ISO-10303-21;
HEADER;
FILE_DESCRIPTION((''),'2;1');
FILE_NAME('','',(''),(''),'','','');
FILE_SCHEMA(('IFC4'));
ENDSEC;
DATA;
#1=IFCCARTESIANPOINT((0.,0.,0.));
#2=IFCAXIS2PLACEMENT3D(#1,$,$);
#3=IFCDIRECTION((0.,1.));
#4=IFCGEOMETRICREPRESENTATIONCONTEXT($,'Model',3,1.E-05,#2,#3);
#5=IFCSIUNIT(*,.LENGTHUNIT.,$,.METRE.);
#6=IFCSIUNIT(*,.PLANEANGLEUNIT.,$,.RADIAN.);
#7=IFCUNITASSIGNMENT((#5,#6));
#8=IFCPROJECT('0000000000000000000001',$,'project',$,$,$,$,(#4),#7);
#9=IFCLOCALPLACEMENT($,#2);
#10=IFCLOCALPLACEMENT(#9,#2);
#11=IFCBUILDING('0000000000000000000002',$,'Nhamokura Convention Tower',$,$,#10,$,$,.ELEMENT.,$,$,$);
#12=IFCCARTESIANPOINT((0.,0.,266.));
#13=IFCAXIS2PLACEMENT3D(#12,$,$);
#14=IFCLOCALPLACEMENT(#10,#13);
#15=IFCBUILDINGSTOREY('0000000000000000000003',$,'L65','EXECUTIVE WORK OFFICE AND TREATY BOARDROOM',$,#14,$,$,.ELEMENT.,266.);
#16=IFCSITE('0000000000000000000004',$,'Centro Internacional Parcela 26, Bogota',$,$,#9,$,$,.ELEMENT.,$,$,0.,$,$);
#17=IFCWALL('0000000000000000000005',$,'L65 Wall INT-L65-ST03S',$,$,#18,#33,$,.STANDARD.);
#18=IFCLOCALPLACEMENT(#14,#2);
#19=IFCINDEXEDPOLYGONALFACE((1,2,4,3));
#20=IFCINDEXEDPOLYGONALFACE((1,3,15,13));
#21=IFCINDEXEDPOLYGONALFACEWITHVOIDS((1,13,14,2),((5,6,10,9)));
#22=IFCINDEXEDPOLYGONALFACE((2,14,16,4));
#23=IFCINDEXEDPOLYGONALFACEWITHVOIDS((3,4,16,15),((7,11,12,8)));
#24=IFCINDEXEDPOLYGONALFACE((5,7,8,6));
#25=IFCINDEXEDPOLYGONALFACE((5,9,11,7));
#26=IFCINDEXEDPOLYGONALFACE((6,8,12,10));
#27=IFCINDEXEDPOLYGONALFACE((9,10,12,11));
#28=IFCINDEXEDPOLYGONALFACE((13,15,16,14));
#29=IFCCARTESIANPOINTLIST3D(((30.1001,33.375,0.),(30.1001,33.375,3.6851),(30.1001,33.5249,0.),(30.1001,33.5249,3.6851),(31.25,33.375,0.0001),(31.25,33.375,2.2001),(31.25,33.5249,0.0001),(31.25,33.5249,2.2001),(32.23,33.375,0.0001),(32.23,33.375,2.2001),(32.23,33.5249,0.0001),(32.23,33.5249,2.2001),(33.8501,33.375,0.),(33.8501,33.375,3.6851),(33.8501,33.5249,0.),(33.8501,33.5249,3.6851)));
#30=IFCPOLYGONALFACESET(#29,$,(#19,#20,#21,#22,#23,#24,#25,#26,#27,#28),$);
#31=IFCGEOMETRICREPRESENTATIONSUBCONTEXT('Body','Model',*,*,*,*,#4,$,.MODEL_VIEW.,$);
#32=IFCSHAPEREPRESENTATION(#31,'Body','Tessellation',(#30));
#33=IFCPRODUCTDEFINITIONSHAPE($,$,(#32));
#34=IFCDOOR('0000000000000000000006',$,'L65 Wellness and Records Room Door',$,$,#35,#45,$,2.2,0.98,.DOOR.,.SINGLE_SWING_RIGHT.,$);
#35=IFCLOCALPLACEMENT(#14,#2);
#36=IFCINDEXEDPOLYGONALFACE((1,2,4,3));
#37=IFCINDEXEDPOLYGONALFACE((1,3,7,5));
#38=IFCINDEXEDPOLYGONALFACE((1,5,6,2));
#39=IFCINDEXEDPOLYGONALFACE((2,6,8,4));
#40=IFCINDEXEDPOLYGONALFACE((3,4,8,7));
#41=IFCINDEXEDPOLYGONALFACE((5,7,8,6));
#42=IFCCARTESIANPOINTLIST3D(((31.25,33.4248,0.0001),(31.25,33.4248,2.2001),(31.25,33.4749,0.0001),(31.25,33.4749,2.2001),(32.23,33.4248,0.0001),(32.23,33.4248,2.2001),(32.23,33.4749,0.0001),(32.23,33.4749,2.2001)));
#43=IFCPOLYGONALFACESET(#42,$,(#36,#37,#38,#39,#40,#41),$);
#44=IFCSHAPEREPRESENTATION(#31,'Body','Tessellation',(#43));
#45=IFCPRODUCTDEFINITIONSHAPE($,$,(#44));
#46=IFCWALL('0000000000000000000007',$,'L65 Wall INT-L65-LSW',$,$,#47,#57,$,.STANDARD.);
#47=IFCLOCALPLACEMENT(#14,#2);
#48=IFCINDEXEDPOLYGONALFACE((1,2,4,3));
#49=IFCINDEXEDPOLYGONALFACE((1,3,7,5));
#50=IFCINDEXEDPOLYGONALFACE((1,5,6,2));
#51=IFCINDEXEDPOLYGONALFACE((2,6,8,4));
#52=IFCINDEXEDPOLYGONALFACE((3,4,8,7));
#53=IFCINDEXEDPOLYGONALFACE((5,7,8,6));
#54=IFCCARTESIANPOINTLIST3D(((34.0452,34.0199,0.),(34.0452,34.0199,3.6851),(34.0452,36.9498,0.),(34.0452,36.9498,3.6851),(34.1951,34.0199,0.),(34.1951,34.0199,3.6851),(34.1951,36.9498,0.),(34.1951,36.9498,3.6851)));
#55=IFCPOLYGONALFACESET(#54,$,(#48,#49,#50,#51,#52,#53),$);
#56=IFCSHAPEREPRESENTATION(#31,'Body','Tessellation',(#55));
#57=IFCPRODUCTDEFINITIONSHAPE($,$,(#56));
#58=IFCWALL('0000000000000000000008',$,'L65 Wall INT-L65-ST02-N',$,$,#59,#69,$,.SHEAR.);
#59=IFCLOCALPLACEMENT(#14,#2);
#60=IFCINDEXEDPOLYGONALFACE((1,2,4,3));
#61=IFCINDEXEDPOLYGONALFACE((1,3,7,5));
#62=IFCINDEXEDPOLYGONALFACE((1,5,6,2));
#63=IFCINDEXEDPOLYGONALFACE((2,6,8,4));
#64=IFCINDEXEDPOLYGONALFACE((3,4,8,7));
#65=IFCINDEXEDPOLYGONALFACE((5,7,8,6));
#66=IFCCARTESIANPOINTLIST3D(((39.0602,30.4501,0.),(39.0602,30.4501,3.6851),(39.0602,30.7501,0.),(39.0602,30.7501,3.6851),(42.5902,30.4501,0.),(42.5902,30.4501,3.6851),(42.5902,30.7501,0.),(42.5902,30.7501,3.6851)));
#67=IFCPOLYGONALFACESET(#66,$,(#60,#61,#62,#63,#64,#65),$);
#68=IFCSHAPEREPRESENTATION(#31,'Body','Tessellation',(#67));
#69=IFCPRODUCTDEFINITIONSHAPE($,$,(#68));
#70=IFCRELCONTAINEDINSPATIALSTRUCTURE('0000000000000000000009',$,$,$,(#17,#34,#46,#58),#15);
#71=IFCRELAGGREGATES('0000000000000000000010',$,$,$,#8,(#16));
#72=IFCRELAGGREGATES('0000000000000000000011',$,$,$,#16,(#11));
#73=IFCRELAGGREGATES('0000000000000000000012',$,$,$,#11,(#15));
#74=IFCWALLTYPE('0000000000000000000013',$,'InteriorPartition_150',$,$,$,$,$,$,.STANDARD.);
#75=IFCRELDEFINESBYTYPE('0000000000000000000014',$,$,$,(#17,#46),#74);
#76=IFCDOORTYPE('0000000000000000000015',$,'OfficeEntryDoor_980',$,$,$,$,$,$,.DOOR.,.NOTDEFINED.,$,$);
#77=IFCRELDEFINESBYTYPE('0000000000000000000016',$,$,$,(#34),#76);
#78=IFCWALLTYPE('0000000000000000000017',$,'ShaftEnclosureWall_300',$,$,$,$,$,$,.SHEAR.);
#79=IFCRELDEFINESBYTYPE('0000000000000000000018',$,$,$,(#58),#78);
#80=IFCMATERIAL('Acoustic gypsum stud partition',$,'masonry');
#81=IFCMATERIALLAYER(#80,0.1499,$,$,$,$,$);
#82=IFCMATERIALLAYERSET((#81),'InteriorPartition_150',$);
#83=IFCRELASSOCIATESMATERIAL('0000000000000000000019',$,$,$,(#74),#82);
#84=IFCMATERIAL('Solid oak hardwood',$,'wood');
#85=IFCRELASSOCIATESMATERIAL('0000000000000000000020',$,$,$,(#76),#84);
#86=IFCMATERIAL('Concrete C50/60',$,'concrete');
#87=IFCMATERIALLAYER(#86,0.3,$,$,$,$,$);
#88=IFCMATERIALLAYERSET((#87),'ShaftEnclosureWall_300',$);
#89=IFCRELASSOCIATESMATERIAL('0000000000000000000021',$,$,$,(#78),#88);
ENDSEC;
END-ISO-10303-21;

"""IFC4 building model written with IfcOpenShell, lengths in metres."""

from ifc_helpers import new_model, si_unit, direction, frame, frame_2d, origin, place, context, subcontext, project, spatial, rectangle, extrude, material, layer, layer_set, type_object, element, fill, save


model = new_model("IFC4")

# Units and contexts
model_context = context("Model", 3, precision=1e-05, world=origin(), true_north=direction((0.0, 1.0)))
body_context = subcontext(model_context, "Body", "Model", "MODEL_VIEW")
ifc_project = project(units=[si_unit("LENGTHUNIT", "METRE"), si_unit("PLANEANGLEUNIT", "RADIAN")], contexts=[model_context])

# Site, building, storey
site_placement = place(None, origin())
site = spatial("IfcSite", under=ifc_project, at=site_placement, Name="Centro Internacional Parcela 26, Bogota", CompositionType="ELEMENT", RefElevation=0.0)
building_placement = place(site_placement, origin())
building = spatial("IfcBuilding", under=site, at=building_placement, Name="Nhamokura Convention Tower", CompositionType="ELEMENT")
storey_placement = place(building_placement, frame((0.0, 0.0, 266.0)))
storey = spatial("IfcBuildingStorey", under=building, at=storey_placement, Name="L65", Description="EXECUTIVE WORK OFFICE AND TREATY BOARDROOM", CompositionType="ELEMENT", Elevation=266.0)

# Shared definitions
ifc_material_1 = material(Name="Acoustic gypsum stud partition", Category="masonry")
ifc_layer_1 = layer(ifc_material_1, 0.1499)
ifc_layer_set_1 = layer_set([ifc_layer_1], Name="InteriorPartition_150")
wall_type_1 = type_object("IfcWallType", Name="InteriorPartition_150", PredefinedType="STANDARD", material=ifc_layer_set_1)

# Wall, opening, door
wall_1_placement = place(storey_placement, frame((30.1001, 33.45, 0.0), z_axis=(0.0, 0.0, 1.0), x_axis=(1.0, 0.0, 0.0)))
wall_1 = element("IfcWall", 1, at=wall_1_placement, inside=storey, type_object=wall_type_1, Name="L65 Wall INT-L65-ST03S", PredefinedType="STANDARD", context=body_context, shape_type="SweptSolid", body=[
    extrude(rectangle(XDim=3.75, YDim=0.1499, at=frame_2d((1.875, 0.0))), origin(), (0.0, 0.0, 1.0), 3.6851),
])
opening_1_placement = place(wall_1_placement, frame((1.1499, 0.0, 0.0)))
opening_1 = element("IfcOpeningElement", 2, at=opening_1_placement, cuts=wall_1, PredefinedType="OPENING", context=body_context, shape_type="SweptSolid", body=[
    extrude(rectangle(XDim=0.98, YDim=2.2, at=frame_2d((0.49, 1.1001))), frame((0.0, 0.085, 0.0), z_axis=(0.0, -1.0, 0.0), x_axis=(1.0, 0.0, 0.0)), (0.0, 0.0, 1.0), 0.1699),
])
ifc_material_2 = material(Name="Solid oak hardwood", Category="wood")
door_type_1 = type_object("IfcDoorType", Name="OfficeEntryDoor_980", OperationType="NOTDEFINED", PredefinedType="DOOR", material=ifc_material_2)
door_1_placement = place(opening_1_placement, origin())
door_1 = element("IfcDoor", 3, at=door_1_placement, inside=storey, type_object=door_type_1, Name="L65 Wellness and Records Room Door", OperationType="SINGLE_SWING_RIGHT", OverallHeight=2.2, OverallWidth=0.98, PredefinedType="DOOR", context=body_context, shape_type="SweptSolid", body=[
    extrude(rectangle(XDim=0.98, YDim=2.2, at=frame_2d((0.49, 1.1001))), frame((0.0, 0.0249, 0.0), z_axis=(0.0, -1.0, 0.0), x_axis=(1.0, 0.0, 0.0)), (0.0, 0.0, 1.0), 0.05),
])
fill(opening_1, door_1)

# Walls
wall_2_placement = place(storey_placement, frame((34.1201, 34.02, 0.0), z_axis=(0.0, 0.0, 1.0), x_axis=(0.0, 1.0, 0.0)))
element("IfcWall", 4, at=wall_2_placement, inside=storey, type_object=wall_type_1, Name="L65 Wall INT-L65-LSW", PredefinedType="STANDARD", context=body_context, shape_type="SweptSolid", body=[
    extrude(rectangle(XDim=2.9299, YDim=0.1499, at=frame_2d((1.4648, 0.0))), origin(), (0.0, 0.0, 1.0), 3.6851),
])
ifc_material_3 = material(Name="Concrete C50/60", Category="concrete")
ifc_layer_2 = layer(ifc_material_3, 0.3)
ifc_layer_set_2 = layer_set([ifc_layer_2], Name="ShaftEnclosureWall_300")
wall_type_2 = type_object("IfcWallType", Name="ShaftEnclosureWall_300", PredefinedType="SHEAR", material=ifc_layer_set_2)
wall_3_placement = place(storey_placement, frame((39.0601, 30.6001, 0.0), z_axis=(0.0, 0.0, 1.0), x_axis=(1.0, 0.0, 0.0)))
element("IfcWall", 5, at=wall_3_placement, inside=storey, type_object=wall_type_2, Name="L65 Wall INT-L65-ST02-N", PredefinedType="SHEAR", context=body_context, shape_type="SweptSolid", body=[
    extrude(rectangle(XDim=3.53, YDim=0.3, at=frame_2d((1.7651, 0.0))), origin(), (0.0, 0.0, 1.0), 3.6851),
])

save(model, "model.ifc")
